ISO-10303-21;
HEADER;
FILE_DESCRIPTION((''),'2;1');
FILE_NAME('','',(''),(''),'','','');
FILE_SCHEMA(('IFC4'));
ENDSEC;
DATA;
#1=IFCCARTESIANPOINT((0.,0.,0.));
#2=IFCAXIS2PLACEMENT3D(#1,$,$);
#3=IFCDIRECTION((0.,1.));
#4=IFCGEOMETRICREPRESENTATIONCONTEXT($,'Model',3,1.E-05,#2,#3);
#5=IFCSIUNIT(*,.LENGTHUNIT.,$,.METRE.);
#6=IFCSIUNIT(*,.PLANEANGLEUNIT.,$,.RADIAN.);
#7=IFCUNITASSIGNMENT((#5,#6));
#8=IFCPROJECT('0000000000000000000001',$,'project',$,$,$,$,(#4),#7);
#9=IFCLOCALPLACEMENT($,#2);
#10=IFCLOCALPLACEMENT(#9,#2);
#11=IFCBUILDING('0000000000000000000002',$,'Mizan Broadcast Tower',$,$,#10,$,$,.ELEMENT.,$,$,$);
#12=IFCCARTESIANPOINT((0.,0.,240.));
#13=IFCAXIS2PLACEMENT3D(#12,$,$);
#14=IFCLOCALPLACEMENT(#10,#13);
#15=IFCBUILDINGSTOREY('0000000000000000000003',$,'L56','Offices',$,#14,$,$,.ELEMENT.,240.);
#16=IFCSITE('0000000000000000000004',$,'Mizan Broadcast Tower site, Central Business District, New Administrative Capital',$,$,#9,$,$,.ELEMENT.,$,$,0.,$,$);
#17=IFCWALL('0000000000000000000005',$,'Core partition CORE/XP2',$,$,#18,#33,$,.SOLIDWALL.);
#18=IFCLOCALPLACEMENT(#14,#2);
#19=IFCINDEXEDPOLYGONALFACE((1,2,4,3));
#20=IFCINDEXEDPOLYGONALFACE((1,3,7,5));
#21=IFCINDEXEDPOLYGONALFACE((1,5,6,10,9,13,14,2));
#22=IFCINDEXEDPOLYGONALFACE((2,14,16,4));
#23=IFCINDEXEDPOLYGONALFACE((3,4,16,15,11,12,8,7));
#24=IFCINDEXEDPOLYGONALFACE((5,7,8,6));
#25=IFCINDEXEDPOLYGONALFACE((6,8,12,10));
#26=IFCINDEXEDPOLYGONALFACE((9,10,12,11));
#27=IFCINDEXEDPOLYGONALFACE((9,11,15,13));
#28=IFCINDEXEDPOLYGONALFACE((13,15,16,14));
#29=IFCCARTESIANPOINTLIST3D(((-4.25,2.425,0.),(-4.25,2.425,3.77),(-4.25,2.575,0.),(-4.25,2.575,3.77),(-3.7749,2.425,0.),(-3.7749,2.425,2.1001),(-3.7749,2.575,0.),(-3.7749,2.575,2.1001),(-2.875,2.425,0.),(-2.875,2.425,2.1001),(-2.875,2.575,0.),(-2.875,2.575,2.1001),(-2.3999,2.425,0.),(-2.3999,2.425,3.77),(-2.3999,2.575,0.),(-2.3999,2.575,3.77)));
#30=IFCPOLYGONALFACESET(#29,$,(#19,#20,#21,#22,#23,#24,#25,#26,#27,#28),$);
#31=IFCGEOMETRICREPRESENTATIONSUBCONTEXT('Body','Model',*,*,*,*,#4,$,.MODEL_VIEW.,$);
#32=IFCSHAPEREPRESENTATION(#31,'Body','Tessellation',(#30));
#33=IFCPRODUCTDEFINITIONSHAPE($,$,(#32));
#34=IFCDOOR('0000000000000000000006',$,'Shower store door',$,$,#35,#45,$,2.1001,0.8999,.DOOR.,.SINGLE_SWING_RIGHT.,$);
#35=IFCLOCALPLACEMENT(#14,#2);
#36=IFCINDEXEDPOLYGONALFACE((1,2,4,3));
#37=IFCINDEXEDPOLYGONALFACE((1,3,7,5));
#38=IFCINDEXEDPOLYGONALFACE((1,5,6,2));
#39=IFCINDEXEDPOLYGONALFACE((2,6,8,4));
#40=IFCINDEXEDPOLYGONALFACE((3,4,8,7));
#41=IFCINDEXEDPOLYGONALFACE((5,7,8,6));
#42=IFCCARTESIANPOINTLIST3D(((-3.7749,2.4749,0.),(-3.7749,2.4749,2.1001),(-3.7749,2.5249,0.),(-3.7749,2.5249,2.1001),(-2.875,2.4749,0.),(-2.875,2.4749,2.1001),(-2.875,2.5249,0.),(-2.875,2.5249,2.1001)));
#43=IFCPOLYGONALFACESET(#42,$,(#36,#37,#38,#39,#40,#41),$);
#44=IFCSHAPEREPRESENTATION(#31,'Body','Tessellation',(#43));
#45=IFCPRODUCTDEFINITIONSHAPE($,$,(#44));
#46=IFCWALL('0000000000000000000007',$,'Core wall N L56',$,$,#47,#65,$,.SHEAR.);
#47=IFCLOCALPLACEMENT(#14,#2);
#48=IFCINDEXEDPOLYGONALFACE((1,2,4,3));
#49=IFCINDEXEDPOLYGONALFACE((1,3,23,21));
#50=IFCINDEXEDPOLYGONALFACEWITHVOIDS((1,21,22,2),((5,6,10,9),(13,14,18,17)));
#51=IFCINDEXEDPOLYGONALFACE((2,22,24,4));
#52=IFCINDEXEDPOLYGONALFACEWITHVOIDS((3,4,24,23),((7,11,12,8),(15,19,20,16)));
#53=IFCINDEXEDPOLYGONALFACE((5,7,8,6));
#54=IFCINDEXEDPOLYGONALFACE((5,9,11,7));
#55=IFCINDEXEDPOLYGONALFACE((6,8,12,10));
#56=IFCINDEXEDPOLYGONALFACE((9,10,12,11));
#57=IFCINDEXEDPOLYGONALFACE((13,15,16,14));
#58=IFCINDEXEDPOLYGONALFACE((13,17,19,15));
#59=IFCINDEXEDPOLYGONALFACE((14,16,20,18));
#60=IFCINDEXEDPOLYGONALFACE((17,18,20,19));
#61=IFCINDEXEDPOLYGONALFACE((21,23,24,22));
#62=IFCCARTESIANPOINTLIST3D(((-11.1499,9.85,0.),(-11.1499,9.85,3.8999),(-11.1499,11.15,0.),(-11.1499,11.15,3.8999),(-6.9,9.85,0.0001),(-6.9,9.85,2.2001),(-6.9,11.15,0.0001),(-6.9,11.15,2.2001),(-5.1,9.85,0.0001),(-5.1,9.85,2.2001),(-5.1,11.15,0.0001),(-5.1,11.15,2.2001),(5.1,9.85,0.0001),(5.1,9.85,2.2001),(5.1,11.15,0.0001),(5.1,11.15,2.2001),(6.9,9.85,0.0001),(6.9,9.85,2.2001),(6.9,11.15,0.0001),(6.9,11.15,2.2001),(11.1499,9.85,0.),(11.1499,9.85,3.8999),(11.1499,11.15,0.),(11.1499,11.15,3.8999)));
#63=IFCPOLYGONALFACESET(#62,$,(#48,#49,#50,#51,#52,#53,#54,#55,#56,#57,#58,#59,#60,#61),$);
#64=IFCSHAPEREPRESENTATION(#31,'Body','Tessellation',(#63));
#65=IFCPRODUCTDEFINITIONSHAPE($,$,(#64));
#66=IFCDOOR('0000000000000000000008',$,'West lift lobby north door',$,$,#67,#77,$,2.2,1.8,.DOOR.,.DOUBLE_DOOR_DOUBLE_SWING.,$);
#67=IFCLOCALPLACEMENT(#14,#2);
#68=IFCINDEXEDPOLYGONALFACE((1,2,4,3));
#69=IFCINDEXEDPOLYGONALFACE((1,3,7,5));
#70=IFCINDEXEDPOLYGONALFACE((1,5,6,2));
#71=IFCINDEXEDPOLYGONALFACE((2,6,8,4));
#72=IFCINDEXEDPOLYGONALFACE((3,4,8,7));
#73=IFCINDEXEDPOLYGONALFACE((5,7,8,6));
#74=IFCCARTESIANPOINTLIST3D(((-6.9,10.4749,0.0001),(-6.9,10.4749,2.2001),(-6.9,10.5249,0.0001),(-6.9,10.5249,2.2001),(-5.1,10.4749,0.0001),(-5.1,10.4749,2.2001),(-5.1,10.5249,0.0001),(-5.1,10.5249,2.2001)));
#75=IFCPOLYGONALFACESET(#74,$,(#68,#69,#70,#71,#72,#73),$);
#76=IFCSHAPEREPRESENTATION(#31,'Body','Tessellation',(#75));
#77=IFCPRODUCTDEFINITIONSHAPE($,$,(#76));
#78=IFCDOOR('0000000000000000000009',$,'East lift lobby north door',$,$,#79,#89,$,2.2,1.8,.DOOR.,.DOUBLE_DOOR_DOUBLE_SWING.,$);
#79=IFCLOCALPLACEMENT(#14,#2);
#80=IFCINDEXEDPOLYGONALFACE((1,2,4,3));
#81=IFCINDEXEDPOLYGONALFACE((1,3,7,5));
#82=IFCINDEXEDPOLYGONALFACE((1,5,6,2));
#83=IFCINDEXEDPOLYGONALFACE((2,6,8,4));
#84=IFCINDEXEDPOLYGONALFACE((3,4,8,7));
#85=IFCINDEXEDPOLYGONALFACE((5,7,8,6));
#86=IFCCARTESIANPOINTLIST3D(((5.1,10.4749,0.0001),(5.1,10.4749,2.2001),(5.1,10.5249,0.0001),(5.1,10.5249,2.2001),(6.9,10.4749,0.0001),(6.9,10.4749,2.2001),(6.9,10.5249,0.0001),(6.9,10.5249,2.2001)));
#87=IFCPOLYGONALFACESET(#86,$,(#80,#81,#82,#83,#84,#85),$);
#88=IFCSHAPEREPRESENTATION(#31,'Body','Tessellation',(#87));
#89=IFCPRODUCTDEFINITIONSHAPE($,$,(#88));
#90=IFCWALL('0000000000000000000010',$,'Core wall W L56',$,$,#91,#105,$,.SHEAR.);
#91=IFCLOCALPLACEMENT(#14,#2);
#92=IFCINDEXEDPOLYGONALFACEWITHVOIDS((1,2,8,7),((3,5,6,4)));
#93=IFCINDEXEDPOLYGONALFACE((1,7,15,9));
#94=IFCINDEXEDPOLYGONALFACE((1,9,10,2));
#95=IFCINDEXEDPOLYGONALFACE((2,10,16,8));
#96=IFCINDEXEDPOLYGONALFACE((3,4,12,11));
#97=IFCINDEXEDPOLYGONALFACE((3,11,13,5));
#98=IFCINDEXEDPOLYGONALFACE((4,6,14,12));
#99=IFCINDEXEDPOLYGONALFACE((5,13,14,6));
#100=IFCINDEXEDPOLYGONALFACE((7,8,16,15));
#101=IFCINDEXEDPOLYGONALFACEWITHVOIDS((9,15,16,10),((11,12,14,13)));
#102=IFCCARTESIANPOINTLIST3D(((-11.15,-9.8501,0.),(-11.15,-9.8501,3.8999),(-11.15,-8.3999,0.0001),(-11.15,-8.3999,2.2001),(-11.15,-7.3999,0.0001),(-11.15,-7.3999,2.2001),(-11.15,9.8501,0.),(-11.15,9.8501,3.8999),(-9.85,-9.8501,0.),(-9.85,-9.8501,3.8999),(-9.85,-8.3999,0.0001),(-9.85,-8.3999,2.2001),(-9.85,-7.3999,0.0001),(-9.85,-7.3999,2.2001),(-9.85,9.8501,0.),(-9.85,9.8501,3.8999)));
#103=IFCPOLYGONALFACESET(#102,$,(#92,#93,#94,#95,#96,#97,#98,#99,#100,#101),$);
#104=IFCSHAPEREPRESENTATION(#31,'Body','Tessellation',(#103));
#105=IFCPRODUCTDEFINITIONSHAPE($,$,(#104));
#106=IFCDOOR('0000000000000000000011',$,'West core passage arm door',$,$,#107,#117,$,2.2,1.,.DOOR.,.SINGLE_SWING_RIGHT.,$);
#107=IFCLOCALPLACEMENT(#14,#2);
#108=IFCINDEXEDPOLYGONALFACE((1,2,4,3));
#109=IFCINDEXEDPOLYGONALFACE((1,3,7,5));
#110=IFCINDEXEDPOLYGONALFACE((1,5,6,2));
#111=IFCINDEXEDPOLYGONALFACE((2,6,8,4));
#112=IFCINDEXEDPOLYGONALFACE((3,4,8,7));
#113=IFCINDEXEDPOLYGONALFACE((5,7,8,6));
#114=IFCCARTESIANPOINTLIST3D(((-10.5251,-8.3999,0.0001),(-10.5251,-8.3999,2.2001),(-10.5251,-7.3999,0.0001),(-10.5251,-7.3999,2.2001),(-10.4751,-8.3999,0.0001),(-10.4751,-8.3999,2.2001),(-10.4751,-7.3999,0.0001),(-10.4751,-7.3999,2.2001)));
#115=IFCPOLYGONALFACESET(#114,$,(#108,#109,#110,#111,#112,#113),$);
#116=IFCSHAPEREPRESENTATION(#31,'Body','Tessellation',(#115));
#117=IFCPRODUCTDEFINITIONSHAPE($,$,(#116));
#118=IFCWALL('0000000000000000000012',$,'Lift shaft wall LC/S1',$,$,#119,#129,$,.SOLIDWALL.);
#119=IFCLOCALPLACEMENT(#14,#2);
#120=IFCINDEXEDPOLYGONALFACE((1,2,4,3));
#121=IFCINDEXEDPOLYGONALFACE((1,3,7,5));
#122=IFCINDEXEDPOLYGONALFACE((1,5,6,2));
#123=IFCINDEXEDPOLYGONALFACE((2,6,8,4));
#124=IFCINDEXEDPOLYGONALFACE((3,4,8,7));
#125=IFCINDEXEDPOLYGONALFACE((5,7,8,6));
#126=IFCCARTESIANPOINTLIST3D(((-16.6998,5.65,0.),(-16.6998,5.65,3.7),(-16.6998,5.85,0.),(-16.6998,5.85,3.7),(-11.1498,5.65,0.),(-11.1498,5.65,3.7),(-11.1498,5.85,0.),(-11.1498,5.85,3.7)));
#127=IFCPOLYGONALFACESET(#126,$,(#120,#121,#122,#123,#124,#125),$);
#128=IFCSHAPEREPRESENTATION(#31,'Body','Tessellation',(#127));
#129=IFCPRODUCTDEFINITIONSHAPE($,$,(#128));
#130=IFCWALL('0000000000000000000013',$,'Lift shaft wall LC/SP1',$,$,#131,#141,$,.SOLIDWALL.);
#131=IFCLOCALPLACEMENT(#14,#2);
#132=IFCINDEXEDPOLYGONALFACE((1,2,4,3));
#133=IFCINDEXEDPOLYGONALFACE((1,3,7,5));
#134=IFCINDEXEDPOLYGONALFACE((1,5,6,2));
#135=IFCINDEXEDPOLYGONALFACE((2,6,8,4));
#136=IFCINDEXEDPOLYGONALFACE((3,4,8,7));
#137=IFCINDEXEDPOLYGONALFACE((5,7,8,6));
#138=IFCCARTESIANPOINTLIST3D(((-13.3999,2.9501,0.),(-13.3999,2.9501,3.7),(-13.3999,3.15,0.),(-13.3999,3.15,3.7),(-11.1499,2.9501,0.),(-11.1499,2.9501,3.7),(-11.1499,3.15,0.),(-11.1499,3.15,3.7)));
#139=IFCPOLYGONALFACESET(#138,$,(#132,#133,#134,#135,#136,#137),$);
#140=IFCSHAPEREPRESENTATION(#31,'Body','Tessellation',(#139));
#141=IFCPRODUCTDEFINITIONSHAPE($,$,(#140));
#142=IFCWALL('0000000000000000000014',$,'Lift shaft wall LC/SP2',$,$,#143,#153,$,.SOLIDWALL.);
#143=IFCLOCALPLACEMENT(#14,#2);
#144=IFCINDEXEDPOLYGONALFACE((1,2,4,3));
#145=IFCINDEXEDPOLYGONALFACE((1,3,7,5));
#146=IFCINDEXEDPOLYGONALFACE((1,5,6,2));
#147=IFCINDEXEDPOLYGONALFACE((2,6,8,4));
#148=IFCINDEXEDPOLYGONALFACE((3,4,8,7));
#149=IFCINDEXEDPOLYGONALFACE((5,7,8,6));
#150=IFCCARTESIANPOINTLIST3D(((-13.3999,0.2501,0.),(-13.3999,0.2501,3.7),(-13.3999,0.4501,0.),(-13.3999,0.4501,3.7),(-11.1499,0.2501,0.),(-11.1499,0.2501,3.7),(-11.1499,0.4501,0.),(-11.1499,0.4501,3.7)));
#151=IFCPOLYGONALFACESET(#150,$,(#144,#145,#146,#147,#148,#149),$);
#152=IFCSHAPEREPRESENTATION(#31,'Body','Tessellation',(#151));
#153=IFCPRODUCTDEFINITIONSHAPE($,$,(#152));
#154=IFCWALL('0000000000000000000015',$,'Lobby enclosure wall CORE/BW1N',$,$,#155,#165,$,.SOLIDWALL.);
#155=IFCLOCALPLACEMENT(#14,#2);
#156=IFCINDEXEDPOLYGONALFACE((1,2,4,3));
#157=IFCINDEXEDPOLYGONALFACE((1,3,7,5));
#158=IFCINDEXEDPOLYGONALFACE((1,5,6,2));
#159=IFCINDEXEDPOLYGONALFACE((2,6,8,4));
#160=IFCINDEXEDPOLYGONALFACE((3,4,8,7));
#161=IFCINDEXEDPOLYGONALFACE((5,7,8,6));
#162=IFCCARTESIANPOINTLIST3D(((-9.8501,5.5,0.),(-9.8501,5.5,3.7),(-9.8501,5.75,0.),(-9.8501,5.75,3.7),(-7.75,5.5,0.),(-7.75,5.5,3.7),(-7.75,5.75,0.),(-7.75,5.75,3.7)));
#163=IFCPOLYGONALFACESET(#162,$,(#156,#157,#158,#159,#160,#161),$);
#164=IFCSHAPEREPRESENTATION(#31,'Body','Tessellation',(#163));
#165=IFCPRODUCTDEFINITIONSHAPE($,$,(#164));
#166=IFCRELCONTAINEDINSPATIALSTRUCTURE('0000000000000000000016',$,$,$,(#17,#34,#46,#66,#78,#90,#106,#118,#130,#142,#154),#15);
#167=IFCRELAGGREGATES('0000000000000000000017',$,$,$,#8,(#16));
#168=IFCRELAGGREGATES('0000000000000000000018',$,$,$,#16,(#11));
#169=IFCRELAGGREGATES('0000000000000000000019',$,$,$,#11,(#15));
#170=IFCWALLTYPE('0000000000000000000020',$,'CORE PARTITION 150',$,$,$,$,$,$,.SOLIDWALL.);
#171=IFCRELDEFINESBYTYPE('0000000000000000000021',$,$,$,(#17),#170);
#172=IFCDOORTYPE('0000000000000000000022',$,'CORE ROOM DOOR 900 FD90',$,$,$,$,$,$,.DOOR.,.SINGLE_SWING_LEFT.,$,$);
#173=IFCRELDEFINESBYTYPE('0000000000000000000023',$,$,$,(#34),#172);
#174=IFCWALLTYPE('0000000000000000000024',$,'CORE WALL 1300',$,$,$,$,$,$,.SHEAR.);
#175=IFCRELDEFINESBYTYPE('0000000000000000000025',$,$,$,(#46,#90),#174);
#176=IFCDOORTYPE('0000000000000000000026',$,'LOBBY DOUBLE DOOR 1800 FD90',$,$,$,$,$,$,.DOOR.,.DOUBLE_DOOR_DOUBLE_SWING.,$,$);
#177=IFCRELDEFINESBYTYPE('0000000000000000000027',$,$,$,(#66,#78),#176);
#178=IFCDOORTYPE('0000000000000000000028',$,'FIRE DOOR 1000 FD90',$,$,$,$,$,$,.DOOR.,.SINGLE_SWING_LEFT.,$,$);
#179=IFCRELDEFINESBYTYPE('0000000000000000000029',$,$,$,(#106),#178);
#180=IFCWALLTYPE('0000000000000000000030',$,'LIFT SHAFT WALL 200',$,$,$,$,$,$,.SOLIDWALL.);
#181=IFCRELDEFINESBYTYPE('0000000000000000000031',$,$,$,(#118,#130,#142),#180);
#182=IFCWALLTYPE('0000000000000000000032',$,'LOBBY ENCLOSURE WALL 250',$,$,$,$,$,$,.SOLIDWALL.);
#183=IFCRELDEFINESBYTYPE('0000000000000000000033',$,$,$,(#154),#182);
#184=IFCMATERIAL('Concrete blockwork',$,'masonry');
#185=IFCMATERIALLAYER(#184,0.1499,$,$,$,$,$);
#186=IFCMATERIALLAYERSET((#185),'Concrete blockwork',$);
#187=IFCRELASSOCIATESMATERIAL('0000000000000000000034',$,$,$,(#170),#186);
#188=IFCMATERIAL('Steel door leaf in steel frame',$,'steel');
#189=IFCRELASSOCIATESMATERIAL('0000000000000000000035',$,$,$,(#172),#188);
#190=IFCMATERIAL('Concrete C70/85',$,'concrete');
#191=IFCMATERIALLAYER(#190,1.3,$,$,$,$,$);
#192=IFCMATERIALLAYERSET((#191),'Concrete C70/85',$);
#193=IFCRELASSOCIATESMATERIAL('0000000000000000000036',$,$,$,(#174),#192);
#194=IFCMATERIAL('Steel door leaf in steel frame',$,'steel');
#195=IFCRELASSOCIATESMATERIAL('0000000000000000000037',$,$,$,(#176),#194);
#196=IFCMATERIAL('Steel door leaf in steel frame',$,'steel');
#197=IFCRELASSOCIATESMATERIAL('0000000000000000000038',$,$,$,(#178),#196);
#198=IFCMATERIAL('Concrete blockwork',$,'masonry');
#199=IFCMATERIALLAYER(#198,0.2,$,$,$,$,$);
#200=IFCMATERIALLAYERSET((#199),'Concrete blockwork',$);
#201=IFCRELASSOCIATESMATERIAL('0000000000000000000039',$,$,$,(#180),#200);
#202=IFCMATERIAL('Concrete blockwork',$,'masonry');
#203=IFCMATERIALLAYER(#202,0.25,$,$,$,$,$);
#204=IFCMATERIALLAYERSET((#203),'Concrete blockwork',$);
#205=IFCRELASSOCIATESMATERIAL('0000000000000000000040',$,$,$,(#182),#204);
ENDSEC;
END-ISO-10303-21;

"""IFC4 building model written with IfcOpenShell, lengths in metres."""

from ifc_helpers import new_model, si_unit, direction, frame, frame_2d, origin, place, context, subcontext, project, spatial, rectangle, extrude, material, layer, layer_set, type_object, element, fill, save


model = new_model("IFC4")

# Units and contexts
model_context = context("Model", 3, precision=1e-05, world=origin(), true_north=direction((0.0, 1.0)))
body_context = subcontext(model_context, "Body", "Model", "MODEL_VIEW")
ifc_project = project(units=[si_unit("LENGTHUNIT", "METRE"), si_unit("PLANEANGLEUNIT", "RADIAN")], contexts=[model_context])

# Site, building, storey
site_placement = place(None, origin())
site = spatial("IfcSite", under=ifc_project, at=site_placement, Name="Mizan Broadcast Tower site, Central Business District, New Administrative Capital", CompositionType="ELEMENT", RefElevation=0.0)
building_placement = place(site_placement, origin())
building = spatial("IfcBuilding", under=site, at=building_placement, Name="Mizan Broadcast Tower", CompositionType="ELEMENT")
storey_placement = place(building_placement, frame((0.0, 0.0, 240.0)))
storey = spatial("IfcBuildingStorey", under=building, at=storey_placement, Name="L56", Description="Offices", CompositionType="ELEMENT", Elevation=240.0)

# Wall, opening, door
ifc_material_1 = material(Name="Concrete blockwork", Category="masonry")
ifc_layer_1 = layer(ifc_material_1, 0.1499)
ifc_layer_set_1 = layer_set([ifc_layer_1], Name="Concrete blockwork")
wall_type_1 = type_object("IfcWallType", Name="CORE PARTITION 150", PredefinedType="SOLIDWALL", material=ifc_layer_set_1)
wall_1_placement = place(storey_placement, frame((-4.25, 2.5, 0.0), z_axis=(0.0, 0.0, 1.0), x_axis=(1.0, 0.0, 0.0)))
wall_1 = element("IfcWall", 1, at=wall_1_placement, inside=storey, type_object=wall_type_1, Name="Core partition CORE/XP2", PredefinedType="SOLIDWALL", context=body_context, shape_type="SweptSolid", body=[
    extrude(rectangle(XDim=1.8501, YDim=0.1499, at=frame_2d((0.925, 0.0))), origin(), (0.0, 0.0, 1.0), 3.77),
])
opening_1_placement = place(wall_1_placement, frame((0.4751, 0.0, 0.0)))
opening_1 = element("IfcOpeningElement", 2, at=opening_1_placement, cuts=wall_1, PredefinedType="OPENING", context=body_context, shape_type="SweptSolid", body=[
    extrude(rectangle(XDim=0.8999, YDim=2.1001, at=frame_2d((0.45, 1.05))), frame((0.0, 0.085, 0.0), z_axis=(0.0, -1.0, 0.0), x_axis=(1.0, 0.0, 0.0)), (0.0, 0.0, 1.0), 0.1699),
])
ifc_material_2 = material(Name="Steel door leaf in steel frame", Category="steel")
door_type_1 = type_object("IfcDoorType", Name="CORE ROOM DOOR 900 FD90", OperationType="SINGLE_SWING_LEFT", PredefinedType="DOOR", material=ifc_material_2)
door_1_placement = place(opening_1_placement, origin())
door_1 = element("IfcDoor", 3, at=door_1_placement, inside=storey, type_object=door_type_1, Name="Shower store door", OperationType="SINGLE_SWING_RIGHT", OverallHeight=2.1001, OverallWidth=0.8999, PredefinedType="DOOR", context=body_context, shape_type="SweptSolid", body=[
    extrude(rectangle(XDim=0.8999, YDim=2.1001, at=frame_2d((0.45, 1.05))), frame((0.0, 0.0249, 0.0), z_axis=(0.0, -1.0, 0.0), x_axis=(1.0, 0.0, 0.0)), (0.0, 0.0, 1.0), 0.05),
])
fill(opening_1, door_1)

# Wall, openings, doors
ifc_material_3 = material(Name="Concrete C70/85", Category="concrete")
ifc_layer_2 = layer(ifc_material_3, 1.3)
ifc_layer_set_2 = layer_set([ifc_layer_2], Name="Concrete C70/85")
wall_type_2 = type_object("IfcWallType", Name="CORE WALL 1300", PredefinedType="SHEAR", material=ifc_layer_set_2)
wall_2_placement = place(storey_placement, frame((-11.1499, 10.5, 0.0), z_axis=(0.0, 0.0, 1.0), x_axis=(1.0, 0.0, 0.0)))
wall_2 = element("IfcWall", 4, at=wall_2_placement, inside=storey, type_object=wall_type_2, Name="Core wall N L56", PredefinedType="SHEAR", context=body_context, shape_type="SweptSolid", body=[
    extrude(rectangle(XDim=22.2998, YDim=1.3, at=frame_2d((11.1499, 0.0))), origin(), (0.0, 0.0, 1.0), 3.8999),
])
opening_2_placement = place(wall_2_placement, frame((4.25, 0.0, 0.0)))
opening_2 = element("IfcOpeningElement", 5, at=opening_2_placement, cuts=wall_2, PredefinedType="OPENING", context=body_context, shape_type="SweptSolid", body=[
    extrude(rectangle(XDim=1.8, YDim=2.2, at=frame_2d((0.8999, 1.1001))), frame((0.0, 0.6599, 0.0), z_axis=(0.0, -1.0, 0.0), x_axis=(1.0, 0.0, 0.0)), (0.0, 0.0, 1.0), 1.3201),
])
opening_3_placement = place(wall_2_placement, frame((16.25, 0.0, 0.0)))
opening_3 = element("IfcOpeningElement", 6, at=opening_3_placement, cuts=wall_2, PredefinedType="OPENING", context=body_context, shape_type="SweptSolid", body=[
    extrude(rectangle(XDim=1.8, YDim=2.2, at=frame_2d((0.8999, 1.1001))), frame((0.0, 0.6599, 0.0), z_axis=(0.0, -1.0, 0.0), x_axis=(1.0, 0.0, 0.0)), (0.0, 0.0, 1.0), 1.3201),
])
ifc_material_4 = material(Name="Steel door leaf in steel frame", Category="steel")
door_type_2 = type_object("IfcDoorType", Name="LOBBY DOUBLE DOOR 1800 FD90", OperationType="DOUBLE_DOOR_DOUBLE_SWING", PredefinedType="DOOR", material=ifc_material_4)
door_2_placement = place(opening_2_placement, origin())
door_2 = element("IfcDoor", 7, at=door_2_placement, inside=storey, type_object=door_type_2, Name="West lift lobby north door", OperationType="DOUBLE_DOOR_DOUBLE_SWING", OverallHeight=2.2, OverallWidth=1.8, PredefinedType="DOOR", context=body_context, shape_type="SweptSolid", body=[
    extrude(rectangle(XDim=1.8, YDim=2.2, at=frame_2d((0.8999, 1.1001))), frame((0.0, 0.0249, 0.0), z_axis=(0.0, -1.0, 0.0), x_axis=(1.0, 0.0, 0.0)), (0.0, 0.0, 1.0), 0.05),
])
fill(opening_2, door_2)
door_3_placement = place(opening_3_placement, origin())
door_3 = element("IfcDoor", 8, at=door_3_placement, inside=storey, type_object=door_type_2, Name="East lift lobby north door", OperationType="DOUBLE_DOOR_DOUBLE_SWING", OverallHeight=2.2, OverallWidth=1.8, PredefinedType="DOOR", context=body_context, shape_type="SweptSolid", body=[
    extrude(rectangle(XDim=1.8, YDim=2.2, at=frame_2d((0.8999, 1.1001))), frame((0.0, 0.0249, 0.0), z_axis=(0.0, -1.0, 0.0), x_axis=(1.0, 0.0, 0.0)), (0.0, 0.0, 1.0), 0.05),
])
fill(opening_3, door_3)

# Wall, opening, door
wall_3_placement = place(storey_placement, frame((-10.5, 9.8501, 0.0), z_axis=(0.0, 0.0, 1.0), x_axis=(0.0, -1.0, 0.0)))
wall_3 = element("IfcWall", 9, at=wall_3_placement, inside=storey, type_object=wall_type_2, Name="Core wall W L56", PredefinedType="SHEAR", context=body_context, shape_type="SweptSolid", body=[
    extrude(rectangle(XDim=19.7002, YDim=1.3, at=frame_2d((9.8501, 0.0))), origin(), (0.0, 0.0, 1.0), 3.8999),
])
opening_4_placement = place(wall_3_placement, frame((17.25, 0.0, 0.0)))
opening_4 = element("IfcOpeningElement", 10, at=opening_4_placement, cuts=wall_3, PredefinedType="OPENING", context=body_context, shape_type="SweptSolid", body=[
    extrude(rectangle(XDim=1.0, YDim=2.2, at=frame_2d((0.5, 1.1001))), frame((0.0, 0.6599, 0.0), z_axis=(0.0, -1.0, 0.0), x_axis=(1.0, 0.0, 0.0)), (0.0, 0.0, 1.0), 1.3201),
])
ifc_material_5 = material(Name="Steel door leaf in steel frame", Category="steel")
door_type_3 = type_object("IfcDoorType", Name="FIRE DOOR 1000 FD90", OperationType="SINGLE_SWING_LEFT", PredefinedType="DOOR", material=ifc_material_5)
door_4_placement = place(opening_4_placement, origin())
door_4 = element("IfcDoor", 11, at=door_4_placement, inside=storey, type_object=door_type_3, Name="West core passage arm door", OperationType="SINGLE_SWING_RIGHT", OverallHeight=2.2, OverallWidth=1.0, PredefinedType="DOOR", context=body_context, shape_type="SweptSolid", body=[
    extrude(rectangle(XDim=1.0, YDim=2.2, at=frame_2d((0.5, 1.1001))), frame((0.0, 0.0249, 0.0), z_axis=(0.0, -1.0, 0.0), x_axis=(1.0, 0.0, 0.0)), (0.0, 0.0, 1.0), 0.05),
])
fill(opening_4, door_4)

# Walls
ifc_material_6 = material(Name="Concrete blockwork", Category="masonry")
ifc_layer_3 = layer(ifc_material_6, 0.2)
ifc_layer_set_3 = layer_set([ifc_layer_3], Name="Concrete blockwork")
wall_type_3 = type_object("IfcWallType", Name="LIFT SHAFT WALL 200", PredefinedType="SOLIDWALL", material=ifc_layer_set_3)
wall_4_placement = place(storey_placement, frame((-11.1499, 5.75, 0.0), z_axis=(0.0, 0.0, 1.0), x_axis=(-1.0, 0.0, 0.0)))
element("IfcWall", 12, at=wall_4_placement, inside=storey, type_object=wall_type_3, Name="Lift shaft wall LC/S1", PredefinedType="SOLIDWALL", context=body_context, shape_type="SweptSolid", body=[
    extrude(rectangle(XDim=5.55, YDim=0.2, at=frame_2d((2.7749, 0.0))), origin(), (0.0, 0.0, 1.0), 3.7),
])
for number, where, z_axis, x_axis, name in (
    (13, (-11.1499, 3.05, 0.0), (0.0, 0.0, 1.0), (-1.0, 0.0, 0.0), "Lift shaft wall LC/SP1"),
    (14, (-11.1499, 0.3501, 0.0), (0.0, 0.0, 1.0), (-1.0, 0.0, 0.0), "Lift shaft wall LC/SP2"),
):
    element("IfcWall", number, at=place(storey_placement, frame(where, z_axis=z_axis, x_axis=x_axis)), inside=storey, type_object=wall_type_3, Name=name, PredefinedType="SOLIDWALL", context=body_context, shape_type="SweptSolid", body=[
        extrude(rectangle(XDim=2.25, YDim=0.2, at=frame_2d((1.125, 0.0))), origin(), (0.0, 0.0, 1.0), 3.7),
    ])
ifc_material_7 = material(Name="Concrete blockwork", Category="masonry")
ifc_layer_4 = layer(ifc_material_7, 0.25)
ifc_layer_set_4 = layer_set([ifc_layer_4], Name="Concrete blockwork")
wall_type_4 = type_object("IfcWallType", Name="LOBBY ENCLOSURE WALL 250", PredefinedType="SOLIDWALL", material=ifc_layer_set_4)
wall_5_placement = place(storey_placement, frame((-9.8501, 5.625, 0.0), z_axis=(0.0, 0.0, 1.0), x_axis=(1.0, 0.0, 0.0)))
element("IfcWall", 15, at=wall_5_placement, inside=storey, type_object=wall_type_4, Name="Lobby enclosure wall CORE/BW1N", PredefinedType="SOLIDWALL", context=body_context, shape_type="SweptSolid", body=[
    extrude(rectangle(XDim=2.1001, YDim=0.25, at=frame_2d((1.05, 0.0))), origin(), (0.0, 0.0, 1.0), 3.7),
])

save(model, "model.ifc")
